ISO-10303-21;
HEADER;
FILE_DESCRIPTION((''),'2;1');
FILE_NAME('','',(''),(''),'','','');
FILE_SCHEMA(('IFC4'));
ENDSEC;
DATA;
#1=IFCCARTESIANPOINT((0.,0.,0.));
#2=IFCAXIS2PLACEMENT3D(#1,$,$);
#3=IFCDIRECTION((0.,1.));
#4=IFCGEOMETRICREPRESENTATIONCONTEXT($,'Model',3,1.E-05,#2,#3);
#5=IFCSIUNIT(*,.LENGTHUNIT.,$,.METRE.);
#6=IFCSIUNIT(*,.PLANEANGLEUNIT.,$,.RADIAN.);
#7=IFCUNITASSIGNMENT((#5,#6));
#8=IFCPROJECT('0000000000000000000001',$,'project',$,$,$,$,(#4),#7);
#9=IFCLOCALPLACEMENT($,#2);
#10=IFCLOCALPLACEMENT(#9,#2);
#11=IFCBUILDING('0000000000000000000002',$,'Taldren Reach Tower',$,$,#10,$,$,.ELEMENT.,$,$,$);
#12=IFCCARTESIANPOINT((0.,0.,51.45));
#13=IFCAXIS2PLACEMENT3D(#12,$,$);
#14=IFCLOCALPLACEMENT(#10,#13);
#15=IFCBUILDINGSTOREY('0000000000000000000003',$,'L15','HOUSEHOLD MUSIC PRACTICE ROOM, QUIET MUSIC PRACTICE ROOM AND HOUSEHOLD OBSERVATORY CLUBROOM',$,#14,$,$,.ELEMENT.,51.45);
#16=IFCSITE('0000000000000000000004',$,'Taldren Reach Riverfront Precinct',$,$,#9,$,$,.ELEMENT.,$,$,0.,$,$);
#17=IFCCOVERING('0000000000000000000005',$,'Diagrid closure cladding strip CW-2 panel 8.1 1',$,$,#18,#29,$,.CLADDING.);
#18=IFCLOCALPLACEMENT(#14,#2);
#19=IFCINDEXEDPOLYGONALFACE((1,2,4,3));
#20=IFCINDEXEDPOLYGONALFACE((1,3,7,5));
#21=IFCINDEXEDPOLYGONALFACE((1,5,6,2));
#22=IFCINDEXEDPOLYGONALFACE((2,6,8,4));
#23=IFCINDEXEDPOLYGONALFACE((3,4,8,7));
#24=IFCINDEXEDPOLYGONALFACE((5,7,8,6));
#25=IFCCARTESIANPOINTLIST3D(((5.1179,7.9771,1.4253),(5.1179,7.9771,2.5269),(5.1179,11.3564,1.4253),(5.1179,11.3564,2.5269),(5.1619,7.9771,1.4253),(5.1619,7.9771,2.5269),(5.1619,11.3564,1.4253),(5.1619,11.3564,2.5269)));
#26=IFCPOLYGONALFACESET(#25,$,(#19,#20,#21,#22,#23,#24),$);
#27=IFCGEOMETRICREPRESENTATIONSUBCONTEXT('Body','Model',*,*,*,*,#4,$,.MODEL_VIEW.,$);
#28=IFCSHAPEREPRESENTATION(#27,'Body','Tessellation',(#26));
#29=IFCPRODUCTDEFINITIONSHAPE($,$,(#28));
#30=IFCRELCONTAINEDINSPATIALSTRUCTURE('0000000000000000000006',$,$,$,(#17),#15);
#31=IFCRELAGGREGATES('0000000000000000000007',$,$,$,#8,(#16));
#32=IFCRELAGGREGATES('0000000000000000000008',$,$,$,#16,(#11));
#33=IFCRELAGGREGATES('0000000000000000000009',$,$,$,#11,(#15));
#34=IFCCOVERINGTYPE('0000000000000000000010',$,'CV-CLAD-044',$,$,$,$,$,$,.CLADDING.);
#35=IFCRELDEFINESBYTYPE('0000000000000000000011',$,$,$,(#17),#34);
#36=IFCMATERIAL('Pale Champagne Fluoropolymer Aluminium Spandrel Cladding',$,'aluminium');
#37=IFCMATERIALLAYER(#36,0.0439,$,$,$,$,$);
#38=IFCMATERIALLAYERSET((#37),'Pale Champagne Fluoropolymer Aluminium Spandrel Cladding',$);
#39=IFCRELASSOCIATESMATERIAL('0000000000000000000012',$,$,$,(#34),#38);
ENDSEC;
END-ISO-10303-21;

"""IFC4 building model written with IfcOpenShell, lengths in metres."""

from ifc_helpers import new_model, si_unit, direction, frame, origin, origin_2d, place, context, subcontext, project, spatial, rectangle, extrude, source, transform, mapped, material, layer, layer_set, type_object, element, save


model = new_model("IFC4")

# Units and contexts
model_context = context("Model", 3, precision=1e-05, world=origin(), true_north=direction((0.0, 1.0)))
body_context = subcontext(model_context, "Body", "Model", "MODEL_VIEW")
ifc_project = project(units=[si_unit("LENGTHUNIT", "METRE"), si_unit("PLANEANGLEUNIT", "RADIAN")], contexts=[model_context])

# Site, building, storey
site_placement = place(None, origin())
site = spatial("IfcSite", under=ifc_project, at=site_placement, Name="Taldren Reach Riverfront Precinct", CompositionType="ELEMENT", RefElevation=0.0)
building_placement = place(site_placement, origin())
building = spatial("IfcBuilding", under=site, at=building_placement, Name="Taldren Reach Tower", CompositionType="ELEMENT")
storey_placement = place(building_placement, frame((0.0, 0.0, 51.45)))
storey = spatial("IfcBuildingStorey", under=building, at=storey_placement, Name="L15", Description="HOUSEHOLD MUSIC PRACTICE ROOM, QUIET MUSIC PRACTICE ROOM AND HOUSEHOLD OBSERVATORY CLUBROOM", CompositionType="ELEMENT", Elevation=51.45)

# Covering
ifc_material_1 = material(Name="Pale Champagne Fluoropolymer Aluminium Spandrel Cladding", Category="aluminium")
ifc_layer_1 = layer(ifc_material_1, 0.0439)
ifc_layer_set_1 = layer_set([ifc_layer_1], Name="Pale Champagne Fluoropolymer Aluminium Spandrel Cladding")
covering_type = type_object("IfcCoveringType", Name="CV-CLAD-044", PredefinedType="CLADDING", material=ifc_layer_set_1)
shared_shape_1 = source(origin(), body_context, "Body", "SweptSolid", [
    extrude(rectangle(XDim=3.3794, YDim=0.0439, at=origin_2d()), origin(), (0.0, 0.0, 1.0), 1.1016),
])
for number, where, z_axis, x_axis, name in (
    (1, (5.1399, 9.6667, 1.4253), (0.0, 0.0, 1.0), (0.0, -1.0, 0.0), "Diagrid closure cladding strip CW-2 panel 8.1 1"),
):
    element("IfcCovering", number, at=place(storey_placement, frame(where, z_axis=z_axis, x_axis=x_axis)), inside=storey, type_object=covering_type, Name=name, PredefinedType="CLADDING", context=body_context, shape_type="MappedRepresentation", body=[
        mapped(shared_shape_1, transform((0.0, 0.0, 0.0), scale=1.0)),
    ])

save(model, "model.ifc")
